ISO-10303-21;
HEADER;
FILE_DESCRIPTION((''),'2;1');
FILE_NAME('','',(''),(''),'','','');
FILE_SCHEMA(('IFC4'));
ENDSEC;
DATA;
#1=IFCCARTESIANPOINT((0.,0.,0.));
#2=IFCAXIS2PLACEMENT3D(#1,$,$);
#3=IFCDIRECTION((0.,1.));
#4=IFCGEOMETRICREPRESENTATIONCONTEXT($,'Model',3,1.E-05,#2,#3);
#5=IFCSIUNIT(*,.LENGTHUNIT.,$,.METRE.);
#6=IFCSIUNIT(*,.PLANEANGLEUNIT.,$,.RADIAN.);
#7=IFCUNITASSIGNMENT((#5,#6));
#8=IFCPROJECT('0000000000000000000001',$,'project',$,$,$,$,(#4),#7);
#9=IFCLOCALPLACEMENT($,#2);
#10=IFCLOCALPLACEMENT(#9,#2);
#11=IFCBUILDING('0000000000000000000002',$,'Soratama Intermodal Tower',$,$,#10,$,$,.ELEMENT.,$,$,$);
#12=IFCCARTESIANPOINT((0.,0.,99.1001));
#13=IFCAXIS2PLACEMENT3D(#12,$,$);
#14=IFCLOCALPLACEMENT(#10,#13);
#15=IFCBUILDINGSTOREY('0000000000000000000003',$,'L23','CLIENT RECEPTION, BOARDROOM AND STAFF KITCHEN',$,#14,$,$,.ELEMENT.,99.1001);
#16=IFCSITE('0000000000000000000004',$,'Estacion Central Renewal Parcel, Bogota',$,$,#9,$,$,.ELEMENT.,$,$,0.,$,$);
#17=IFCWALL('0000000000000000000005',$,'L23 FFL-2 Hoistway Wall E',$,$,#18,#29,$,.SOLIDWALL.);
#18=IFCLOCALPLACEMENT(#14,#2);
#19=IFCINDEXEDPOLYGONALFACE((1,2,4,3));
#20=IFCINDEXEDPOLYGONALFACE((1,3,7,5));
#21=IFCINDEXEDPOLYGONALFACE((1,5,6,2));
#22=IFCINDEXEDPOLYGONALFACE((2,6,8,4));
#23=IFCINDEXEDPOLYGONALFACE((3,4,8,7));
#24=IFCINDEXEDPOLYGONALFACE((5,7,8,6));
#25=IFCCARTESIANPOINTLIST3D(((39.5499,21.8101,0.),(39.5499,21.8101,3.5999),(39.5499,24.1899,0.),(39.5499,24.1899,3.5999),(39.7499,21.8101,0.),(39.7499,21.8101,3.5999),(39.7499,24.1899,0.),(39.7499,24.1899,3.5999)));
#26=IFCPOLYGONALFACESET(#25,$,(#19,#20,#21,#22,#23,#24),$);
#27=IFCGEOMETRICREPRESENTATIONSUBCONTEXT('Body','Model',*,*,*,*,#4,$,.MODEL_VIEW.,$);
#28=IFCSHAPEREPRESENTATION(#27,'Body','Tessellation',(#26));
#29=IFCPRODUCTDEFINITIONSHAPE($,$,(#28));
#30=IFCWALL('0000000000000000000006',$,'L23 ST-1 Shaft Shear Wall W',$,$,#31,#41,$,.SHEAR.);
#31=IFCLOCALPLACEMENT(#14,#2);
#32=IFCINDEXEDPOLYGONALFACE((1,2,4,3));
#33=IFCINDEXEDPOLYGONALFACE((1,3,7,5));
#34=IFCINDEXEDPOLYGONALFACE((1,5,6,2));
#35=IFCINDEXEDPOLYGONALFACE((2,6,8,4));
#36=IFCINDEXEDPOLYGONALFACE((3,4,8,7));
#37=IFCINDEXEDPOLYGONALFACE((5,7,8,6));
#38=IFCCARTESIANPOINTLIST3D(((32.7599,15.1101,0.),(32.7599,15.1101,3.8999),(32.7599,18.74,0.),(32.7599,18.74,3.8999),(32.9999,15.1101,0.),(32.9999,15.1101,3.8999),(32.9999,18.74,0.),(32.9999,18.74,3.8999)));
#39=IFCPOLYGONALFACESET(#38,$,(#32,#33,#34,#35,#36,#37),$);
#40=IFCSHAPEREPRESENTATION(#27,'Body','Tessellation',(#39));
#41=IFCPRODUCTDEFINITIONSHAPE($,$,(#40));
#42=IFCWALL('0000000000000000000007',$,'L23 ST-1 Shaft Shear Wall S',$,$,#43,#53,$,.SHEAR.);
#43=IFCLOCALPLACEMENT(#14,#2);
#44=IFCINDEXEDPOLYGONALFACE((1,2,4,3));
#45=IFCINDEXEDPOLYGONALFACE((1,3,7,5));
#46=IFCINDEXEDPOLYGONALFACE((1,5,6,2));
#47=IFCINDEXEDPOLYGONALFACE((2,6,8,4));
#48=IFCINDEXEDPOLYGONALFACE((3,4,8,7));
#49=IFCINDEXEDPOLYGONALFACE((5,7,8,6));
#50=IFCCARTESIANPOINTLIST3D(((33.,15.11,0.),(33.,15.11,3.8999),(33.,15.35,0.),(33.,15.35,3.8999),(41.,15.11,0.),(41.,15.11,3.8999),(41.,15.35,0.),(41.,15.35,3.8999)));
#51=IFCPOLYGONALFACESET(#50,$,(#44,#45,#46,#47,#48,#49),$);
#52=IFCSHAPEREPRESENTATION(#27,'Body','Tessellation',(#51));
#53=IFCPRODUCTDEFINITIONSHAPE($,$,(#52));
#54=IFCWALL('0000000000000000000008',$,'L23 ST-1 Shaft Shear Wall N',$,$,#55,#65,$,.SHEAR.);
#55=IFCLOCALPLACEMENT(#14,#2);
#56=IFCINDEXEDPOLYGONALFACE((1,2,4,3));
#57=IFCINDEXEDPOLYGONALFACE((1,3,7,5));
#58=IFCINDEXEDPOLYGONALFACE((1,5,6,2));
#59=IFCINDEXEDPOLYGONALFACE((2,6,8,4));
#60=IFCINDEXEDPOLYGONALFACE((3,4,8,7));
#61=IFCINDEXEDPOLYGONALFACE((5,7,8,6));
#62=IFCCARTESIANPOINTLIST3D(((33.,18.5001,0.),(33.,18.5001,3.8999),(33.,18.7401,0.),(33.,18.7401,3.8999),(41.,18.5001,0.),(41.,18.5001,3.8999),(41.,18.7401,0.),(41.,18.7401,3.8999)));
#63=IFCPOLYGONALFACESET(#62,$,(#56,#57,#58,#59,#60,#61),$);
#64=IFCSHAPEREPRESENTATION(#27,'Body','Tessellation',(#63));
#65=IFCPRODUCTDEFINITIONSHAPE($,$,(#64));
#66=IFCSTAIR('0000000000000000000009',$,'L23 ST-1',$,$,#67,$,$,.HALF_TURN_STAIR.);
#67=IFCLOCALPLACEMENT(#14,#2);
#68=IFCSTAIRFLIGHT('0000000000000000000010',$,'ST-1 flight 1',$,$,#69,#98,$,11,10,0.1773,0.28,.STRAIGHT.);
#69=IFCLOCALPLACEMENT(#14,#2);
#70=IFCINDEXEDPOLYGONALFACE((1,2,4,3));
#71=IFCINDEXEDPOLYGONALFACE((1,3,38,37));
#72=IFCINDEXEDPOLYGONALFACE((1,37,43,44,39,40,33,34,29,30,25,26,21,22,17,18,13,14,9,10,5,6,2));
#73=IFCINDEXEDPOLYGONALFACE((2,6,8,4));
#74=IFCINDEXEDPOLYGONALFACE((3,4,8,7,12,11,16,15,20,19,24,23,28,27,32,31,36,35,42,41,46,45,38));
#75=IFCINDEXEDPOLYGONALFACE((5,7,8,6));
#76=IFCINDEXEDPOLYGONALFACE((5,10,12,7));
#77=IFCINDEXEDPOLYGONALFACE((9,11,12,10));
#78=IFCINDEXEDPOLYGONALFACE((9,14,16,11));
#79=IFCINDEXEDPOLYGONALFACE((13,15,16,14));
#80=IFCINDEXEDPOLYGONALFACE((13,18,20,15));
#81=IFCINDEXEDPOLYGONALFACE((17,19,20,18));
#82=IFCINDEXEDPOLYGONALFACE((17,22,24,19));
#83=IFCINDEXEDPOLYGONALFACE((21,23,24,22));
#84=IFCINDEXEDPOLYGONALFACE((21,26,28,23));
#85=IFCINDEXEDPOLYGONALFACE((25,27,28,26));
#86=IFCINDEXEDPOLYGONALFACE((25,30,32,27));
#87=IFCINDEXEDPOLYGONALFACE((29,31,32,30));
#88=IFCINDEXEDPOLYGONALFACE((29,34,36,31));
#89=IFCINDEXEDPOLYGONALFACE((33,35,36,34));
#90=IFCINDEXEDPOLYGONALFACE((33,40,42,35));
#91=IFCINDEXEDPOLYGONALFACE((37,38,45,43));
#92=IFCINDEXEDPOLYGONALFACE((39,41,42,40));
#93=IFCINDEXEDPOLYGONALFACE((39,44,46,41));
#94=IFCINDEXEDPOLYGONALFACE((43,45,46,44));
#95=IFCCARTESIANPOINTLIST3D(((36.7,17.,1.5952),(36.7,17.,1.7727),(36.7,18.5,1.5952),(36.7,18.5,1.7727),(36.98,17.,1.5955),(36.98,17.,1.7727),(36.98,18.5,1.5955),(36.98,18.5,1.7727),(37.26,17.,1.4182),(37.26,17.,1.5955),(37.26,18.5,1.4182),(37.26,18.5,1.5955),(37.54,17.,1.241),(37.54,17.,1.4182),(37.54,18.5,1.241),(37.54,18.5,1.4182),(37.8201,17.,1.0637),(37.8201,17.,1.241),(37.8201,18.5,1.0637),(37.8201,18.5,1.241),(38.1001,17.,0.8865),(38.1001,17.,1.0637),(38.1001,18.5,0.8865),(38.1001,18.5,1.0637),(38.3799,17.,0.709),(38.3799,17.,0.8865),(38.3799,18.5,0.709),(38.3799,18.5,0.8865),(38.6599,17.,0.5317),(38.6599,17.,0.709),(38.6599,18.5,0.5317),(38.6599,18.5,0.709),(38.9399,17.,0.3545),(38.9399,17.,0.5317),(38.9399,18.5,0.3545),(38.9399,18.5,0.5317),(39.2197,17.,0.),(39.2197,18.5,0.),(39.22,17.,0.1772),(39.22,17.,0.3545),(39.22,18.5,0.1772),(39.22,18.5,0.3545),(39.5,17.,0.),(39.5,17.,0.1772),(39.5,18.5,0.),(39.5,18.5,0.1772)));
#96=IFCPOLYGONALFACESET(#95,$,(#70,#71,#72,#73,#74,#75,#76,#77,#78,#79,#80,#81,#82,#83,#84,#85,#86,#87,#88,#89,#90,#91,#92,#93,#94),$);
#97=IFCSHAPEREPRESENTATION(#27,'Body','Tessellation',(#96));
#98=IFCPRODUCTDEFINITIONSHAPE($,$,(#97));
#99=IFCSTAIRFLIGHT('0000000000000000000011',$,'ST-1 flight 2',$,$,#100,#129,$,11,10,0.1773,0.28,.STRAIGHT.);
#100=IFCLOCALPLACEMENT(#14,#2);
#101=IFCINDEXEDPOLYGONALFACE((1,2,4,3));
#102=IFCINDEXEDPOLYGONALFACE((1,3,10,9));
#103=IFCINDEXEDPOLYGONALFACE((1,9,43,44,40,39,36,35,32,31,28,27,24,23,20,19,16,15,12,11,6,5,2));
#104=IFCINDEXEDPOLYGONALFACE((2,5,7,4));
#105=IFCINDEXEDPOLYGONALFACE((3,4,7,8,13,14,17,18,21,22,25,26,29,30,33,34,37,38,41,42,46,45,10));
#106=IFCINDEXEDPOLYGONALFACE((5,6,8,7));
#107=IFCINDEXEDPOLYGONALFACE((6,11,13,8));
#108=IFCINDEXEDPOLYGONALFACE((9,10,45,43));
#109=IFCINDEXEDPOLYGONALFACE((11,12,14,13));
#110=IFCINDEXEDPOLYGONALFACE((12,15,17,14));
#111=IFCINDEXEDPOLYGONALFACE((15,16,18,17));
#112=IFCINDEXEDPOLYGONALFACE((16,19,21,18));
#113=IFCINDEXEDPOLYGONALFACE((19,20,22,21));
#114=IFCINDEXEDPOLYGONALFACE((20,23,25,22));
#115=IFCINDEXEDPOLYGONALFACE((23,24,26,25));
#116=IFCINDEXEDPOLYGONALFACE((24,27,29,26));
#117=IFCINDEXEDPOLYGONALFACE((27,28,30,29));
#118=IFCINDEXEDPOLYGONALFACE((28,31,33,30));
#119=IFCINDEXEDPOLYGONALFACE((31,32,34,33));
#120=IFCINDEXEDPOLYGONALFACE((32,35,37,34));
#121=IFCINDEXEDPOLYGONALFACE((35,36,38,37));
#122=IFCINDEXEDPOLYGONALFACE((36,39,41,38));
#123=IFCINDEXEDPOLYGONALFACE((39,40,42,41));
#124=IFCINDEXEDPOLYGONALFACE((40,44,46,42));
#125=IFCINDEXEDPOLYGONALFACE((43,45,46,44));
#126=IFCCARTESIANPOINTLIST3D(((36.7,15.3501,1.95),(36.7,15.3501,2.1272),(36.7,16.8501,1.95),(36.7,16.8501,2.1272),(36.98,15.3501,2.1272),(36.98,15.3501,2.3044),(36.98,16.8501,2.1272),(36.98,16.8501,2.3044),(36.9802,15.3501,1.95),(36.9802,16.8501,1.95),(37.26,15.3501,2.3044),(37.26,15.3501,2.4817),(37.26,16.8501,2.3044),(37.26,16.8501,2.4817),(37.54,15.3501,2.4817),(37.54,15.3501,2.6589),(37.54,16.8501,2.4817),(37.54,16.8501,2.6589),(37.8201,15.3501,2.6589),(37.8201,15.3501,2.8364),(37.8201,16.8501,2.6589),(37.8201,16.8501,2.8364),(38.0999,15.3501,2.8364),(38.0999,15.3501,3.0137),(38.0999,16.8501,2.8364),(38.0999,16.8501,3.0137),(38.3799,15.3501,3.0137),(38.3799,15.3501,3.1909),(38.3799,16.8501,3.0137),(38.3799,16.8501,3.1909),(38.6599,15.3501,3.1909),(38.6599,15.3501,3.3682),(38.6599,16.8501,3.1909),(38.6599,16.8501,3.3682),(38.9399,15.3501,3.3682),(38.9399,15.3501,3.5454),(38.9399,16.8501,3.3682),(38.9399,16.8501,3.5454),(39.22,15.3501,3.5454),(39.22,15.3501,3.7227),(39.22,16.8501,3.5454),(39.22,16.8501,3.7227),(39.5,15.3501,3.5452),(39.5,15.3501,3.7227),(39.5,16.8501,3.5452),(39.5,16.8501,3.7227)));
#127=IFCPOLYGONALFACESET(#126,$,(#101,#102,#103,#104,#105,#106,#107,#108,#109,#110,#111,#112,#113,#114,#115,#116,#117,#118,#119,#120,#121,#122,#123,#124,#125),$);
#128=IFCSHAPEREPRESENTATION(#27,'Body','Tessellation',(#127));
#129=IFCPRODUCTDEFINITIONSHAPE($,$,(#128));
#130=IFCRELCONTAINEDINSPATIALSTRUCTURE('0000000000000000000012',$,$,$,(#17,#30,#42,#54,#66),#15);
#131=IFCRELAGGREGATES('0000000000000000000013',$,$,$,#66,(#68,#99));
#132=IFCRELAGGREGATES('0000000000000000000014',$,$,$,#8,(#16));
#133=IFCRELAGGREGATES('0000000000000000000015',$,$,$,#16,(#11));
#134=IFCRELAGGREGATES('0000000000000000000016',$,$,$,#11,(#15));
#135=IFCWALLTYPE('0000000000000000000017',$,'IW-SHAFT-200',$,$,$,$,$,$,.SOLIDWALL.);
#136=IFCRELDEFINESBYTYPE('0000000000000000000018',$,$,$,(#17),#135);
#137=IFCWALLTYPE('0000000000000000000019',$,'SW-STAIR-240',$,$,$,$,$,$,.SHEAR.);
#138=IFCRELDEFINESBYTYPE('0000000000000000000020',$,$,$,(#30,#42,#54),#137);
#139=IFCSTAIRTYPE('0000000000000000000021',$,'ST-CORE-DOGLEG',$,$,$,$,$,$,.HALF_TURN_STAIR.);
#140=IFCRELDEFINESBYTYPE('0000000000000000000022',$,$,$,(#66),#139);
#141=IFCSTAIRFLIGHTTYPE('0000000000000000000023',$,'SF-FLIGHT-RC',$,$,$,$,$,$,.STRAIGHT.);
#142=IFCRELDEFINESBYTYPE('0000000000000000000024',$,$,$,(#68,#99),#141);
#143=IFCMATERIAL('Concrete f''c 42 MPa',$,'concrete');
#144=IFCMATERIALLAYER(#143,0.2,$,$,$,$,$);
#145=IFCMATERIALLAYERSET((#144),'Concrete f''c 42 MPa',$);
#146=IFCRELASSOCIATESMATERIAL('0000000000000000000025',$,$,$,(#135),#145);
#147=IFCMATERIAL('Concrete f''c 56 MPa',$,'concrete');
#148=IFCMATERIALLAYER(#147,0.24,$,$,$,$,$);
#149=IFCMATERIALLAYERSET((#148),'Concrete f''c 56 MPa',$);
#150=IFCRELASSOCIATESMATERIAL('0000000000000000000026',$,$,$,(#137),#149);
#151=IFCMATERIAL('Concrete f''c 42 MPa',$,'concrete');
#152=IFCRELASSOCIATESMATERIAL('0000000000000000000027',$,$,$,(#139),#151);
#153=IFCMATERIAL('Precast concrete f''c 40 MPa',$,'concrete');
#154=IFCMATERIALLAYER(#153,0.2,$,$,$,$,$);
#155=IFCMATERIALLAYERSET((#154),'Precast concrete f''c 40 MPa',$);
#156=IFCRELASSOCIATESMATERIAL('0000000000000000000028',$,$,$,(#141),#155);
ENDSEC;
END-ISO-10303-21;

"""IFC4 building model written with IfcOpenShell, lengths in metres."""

from ifc_helpers import new_model, si_unit, direction, frame, frame_2d, origin, place, context, subcontext, project, spatial, polyline, rectangle, outline, extrude, material, layer, layer_set, type_object, element, aggregate, save


model = new_model("IFC4")

# Units and contexts
model_context = context("Model", 3, precision=1e-05, world=origin(), true_north=direction((0.0, 1.0)))
body_context = subcontext(model_context, "Body", "Model", "MODEL_VIEW")
ifc_project = project(units=[si_unit("LENGTHUNIT", "METRE"), si_unit("PLANEANGLEUNIT", "RADIAN")], contexts=[model_context])

# Site, building, storey
site_placement = place(None, origin())
site = spatial("IfcSite", under=ifc_project, at=site_placement, Name="Estacion Central Renewal Parcel, Bogota", CompositionType="ELEMENT", RefElevation=0.0)
building_placement = place(site_placement, origin())
building = spatial("IfcBuilding", under=site, at=building_placement, Name="Soratama Intermodal Tower", CompositionType="ELEMENT")
storey_placement = place(building_placement, frame((0.0, 0.0, 99.1001)))
storey = spatial("IfcBuildingStorey", under=building, at=storey_placement, Name="L23", Description="CLIENT RECEPTION, BOARDROOM AND STAFF KITCHEN", CompositionType="ELEMENT", Elevation=99.1001)

# Shared definitions
ifc_material_1 = material(Name="Concrete f'c 42 MPa", Category="concrete")
ifc_layer_1 = layer(ifc_material_1, 0.2)
ifc_layer_set_1 = layer_set([ifc_layer_1], Name="Concrete f'c 42 MPa")
wall_type_1 = type_object("IfcWallType", Name="IW-SHAFT-200", PredefinedType="SOLIDWALL", material=ifc_layer_set_1)

# Wall
wall_1_placement = place(storey_placement, frame((39.6499, 21.8101, 0.0), z_axis=(0.0, 0.0, 1.0), x_axis=(0.0, 1.0, 0.0)))
element("IfcWall", 1, at=wall_1_placement, inside=storey, type_object=wall_type_1, Name="L23 FFL-2 Hoistway Wall E", PredefinedType="SOLIDWALL", context=body_context, shape_type="SweptSolid", body=[
    extrude(rectangle(XDim=2.3799, YDim=0.2, at=frame_2d((1.1899, 0.0))), origin(), (0.0, 0.0, 1.0), 3.5999),
])

# Walls
ifc_material_2 = material(Name="Concrete f'c 56 MPa", Category="concrete")
ifc_layer_2 = layer(ifc_material_2, 0.24)
ifc_layer_set_2 = layer_set([ifc_layer_2], Name="Concrete f'c 56 MPa")
wall_type_2 = type_object("IfcWallType", Name="SW-STAIR-240", PredefinedType="SHEAR", material=ifc_layer_set_2)
wall_2_placement = place(storey_placement, frame((32.8799, 15.1101, 0.0), z_axis=(0.0, 0.0, 1.0), x_axis=(0.0, 1.0, 0.0)))
element("IfcWall", 2, at=wall_2_placement, inside=storey, type_object=wall_type_2, Name="L23 ST-1 Shaft Shear Wall W", PredefinedType="SHEAR", context=body_context, shape_type="SweptSolid", body=[
    extrude(rectangle(XDim=3.6299, YDim=0.24, at=frame_2d((1.8149, 0.0))), origin(), (0.0, 0.0, 1.0), 3.8999),
])
for number, where, z_axis, x_axis, name in (
    (3, (33.0, 15.23, 0.0), (0.0, 0.0, 1.0), (1.0, 0.0, 0.0), "L23 ST-1 Shaft Shear Wall S"),
    (4, (33.0, 18.6201, 0.0), (0.0, 0.0, 1.0), (1.0, 0.0, 0.0), "L23 ST-1 Shaft Shear Wall N"),
):
    element("IfcWall", number, at=place(storey_placement, frame(where, z_axis=z_axis, x_axis=x_axis)), inside=storey, type_object=wall_type_2, Name=name, PredefinedType="SHEAR", context=body_context, shape_type="SweptSolid", body=[
        extrude(rectangle(XDim=8.0, YDim=0.24, at=frame_2d((4.0, 0.0))), origin(), (0.0, 0.0, 1.0), 3.8999),
    ])

# Stair, stair flights
ifc_material_3 = material(Name="Concrete f'c 42 MPa", Category="concrete")
stair_type = type_object("IfcStairType", Name="ST-CORE-DOGLEG", PredefinedType="HALF_TURN_STAIR", material=ifc_material_3)
stair_placement = place(storey_placement, origin())
stair = element("IfcStair", 5, at=stair_placement, inside=storey, type_object=stair_type, Name="L23 ST-1", PredefinedType="HALF_TURN_STAIR")
ifc_material_4 = material(Name="Precast concrete f'c 40 MPa", Category="concrete")
ifc_layer_3 = layer(ifc_material_4, 0.2)
ifc_layer_set_3 = layer_set([ifc_layer_3], Name="Precast concrete f'c 40 MPa")
stair_flight_type = type_object("IfcStairFlightType", Name="SF-FLIGHT-RC", PredefinedType="STRAIGHT", material=ifc_layer_set_3)
stair_flight_1_placement = place(storey_placement, frame((39.5, 17.75, 0.0), z_axis=(0.0, 0.0, 1.0), x_axis=(-1.0, 0.0, 0.0)))
stair_flight_1 = element("IfcStairFlight", 6, at=stair_flight_1_placement, type_object=stair_flight_type, Name="ST-1 flight 1", NumberOfRisers=11, NumberOfTreads=10, PredefinedType="STRAIGHT", RiserHeight=0.1773, TreadLength=0.28, context=body_context, shape_type="SweptSolid", body=[
    extrude(outline(polyline([(0.0, 0.0), (0.0, 0.1772), (0.28, 0.1772), (0.28, 0.3545), (0.5601, 0.3545), (0.5601, 0.5317), (0.8401, 0.5317), (0.8401, 0.709), (1.1201, 0.709), (1.1201, 0.8865), (1.3999, 0.8865), (1.3999, 1.0637), (1.6799, 1.0637), (1.6799, 1.241), (1.96, 1.241), (1.96, 1.4182), (2.24, 1.4182), (2.24, 1.5955), (2.52, 1.5955), (2.52, 1.7727), (2.8, 1.7727), (2.8, 1.95), (2.8, 1.5952), (0.2803, 0.0), (0.0, 0.0)])), frame((0.0, 0.75, 0.0), z_axis=(0.0, -1.0, 0.0), x_axis=(1.0, 0.0, 0.0)), (0.0, 0.0, 1.0), 1.5),
])
stair_flight_2_placement = place(storey_placement, frame((36.7, 16.1001, 1.95), z_axis=(0.0, 0.0, 1.0), x_axis=(1.0, 0.0, 0.0)))
stair_flight_2 = element("IfcStairFlight", 7, at=stair_flight_2_placement, type_object=stair_flight_type, Name="ST-1 flight 2", NumberOfRisers=11, NumberOfTreads=10, PredefinedType="STRAIGHT", RiserHeight=0.1773, TreadLength=0.28, context=body_context, shape_type="SweptSolid", body=[
    extrude(outline(polyline([(0.0, 0.0), (0.0, 0.1772), (0.28, 0.1772), (0.28, 0.3545), (0.5601, 0.3545), (0.5601, 0.5317), (0.8401, 0.5317), (0.8401, 0.709), (1.1201, 0.709), (1.1201, 0.8865), (1.3999, 0.8865), (1.3999, 1.0637), (1.6799, 1.0637), (1.6799, 1.241), (1.96, 1.241), (1.96, 1.4182), (2.24, 1.4182), (2.24, 1.5955), (2.52, 1.5955), (2.52, 1.7727), (2.8, 1.7727), (2.8, 1.95), (2.8, 1.5952), (0.2803, 0.0), (0.0, 0.0)])), frame((0.0, 0.75, 0.0), z_axis=(0.0, -1.0, 0.0), x_axis=(1.0, 0.0, 0.0)), (0.0, 0.0, 1.0), 1.5),
])
aggregate(stair, [stair_flight_1, stair_flight_2])

save(model, "model.ifc")
